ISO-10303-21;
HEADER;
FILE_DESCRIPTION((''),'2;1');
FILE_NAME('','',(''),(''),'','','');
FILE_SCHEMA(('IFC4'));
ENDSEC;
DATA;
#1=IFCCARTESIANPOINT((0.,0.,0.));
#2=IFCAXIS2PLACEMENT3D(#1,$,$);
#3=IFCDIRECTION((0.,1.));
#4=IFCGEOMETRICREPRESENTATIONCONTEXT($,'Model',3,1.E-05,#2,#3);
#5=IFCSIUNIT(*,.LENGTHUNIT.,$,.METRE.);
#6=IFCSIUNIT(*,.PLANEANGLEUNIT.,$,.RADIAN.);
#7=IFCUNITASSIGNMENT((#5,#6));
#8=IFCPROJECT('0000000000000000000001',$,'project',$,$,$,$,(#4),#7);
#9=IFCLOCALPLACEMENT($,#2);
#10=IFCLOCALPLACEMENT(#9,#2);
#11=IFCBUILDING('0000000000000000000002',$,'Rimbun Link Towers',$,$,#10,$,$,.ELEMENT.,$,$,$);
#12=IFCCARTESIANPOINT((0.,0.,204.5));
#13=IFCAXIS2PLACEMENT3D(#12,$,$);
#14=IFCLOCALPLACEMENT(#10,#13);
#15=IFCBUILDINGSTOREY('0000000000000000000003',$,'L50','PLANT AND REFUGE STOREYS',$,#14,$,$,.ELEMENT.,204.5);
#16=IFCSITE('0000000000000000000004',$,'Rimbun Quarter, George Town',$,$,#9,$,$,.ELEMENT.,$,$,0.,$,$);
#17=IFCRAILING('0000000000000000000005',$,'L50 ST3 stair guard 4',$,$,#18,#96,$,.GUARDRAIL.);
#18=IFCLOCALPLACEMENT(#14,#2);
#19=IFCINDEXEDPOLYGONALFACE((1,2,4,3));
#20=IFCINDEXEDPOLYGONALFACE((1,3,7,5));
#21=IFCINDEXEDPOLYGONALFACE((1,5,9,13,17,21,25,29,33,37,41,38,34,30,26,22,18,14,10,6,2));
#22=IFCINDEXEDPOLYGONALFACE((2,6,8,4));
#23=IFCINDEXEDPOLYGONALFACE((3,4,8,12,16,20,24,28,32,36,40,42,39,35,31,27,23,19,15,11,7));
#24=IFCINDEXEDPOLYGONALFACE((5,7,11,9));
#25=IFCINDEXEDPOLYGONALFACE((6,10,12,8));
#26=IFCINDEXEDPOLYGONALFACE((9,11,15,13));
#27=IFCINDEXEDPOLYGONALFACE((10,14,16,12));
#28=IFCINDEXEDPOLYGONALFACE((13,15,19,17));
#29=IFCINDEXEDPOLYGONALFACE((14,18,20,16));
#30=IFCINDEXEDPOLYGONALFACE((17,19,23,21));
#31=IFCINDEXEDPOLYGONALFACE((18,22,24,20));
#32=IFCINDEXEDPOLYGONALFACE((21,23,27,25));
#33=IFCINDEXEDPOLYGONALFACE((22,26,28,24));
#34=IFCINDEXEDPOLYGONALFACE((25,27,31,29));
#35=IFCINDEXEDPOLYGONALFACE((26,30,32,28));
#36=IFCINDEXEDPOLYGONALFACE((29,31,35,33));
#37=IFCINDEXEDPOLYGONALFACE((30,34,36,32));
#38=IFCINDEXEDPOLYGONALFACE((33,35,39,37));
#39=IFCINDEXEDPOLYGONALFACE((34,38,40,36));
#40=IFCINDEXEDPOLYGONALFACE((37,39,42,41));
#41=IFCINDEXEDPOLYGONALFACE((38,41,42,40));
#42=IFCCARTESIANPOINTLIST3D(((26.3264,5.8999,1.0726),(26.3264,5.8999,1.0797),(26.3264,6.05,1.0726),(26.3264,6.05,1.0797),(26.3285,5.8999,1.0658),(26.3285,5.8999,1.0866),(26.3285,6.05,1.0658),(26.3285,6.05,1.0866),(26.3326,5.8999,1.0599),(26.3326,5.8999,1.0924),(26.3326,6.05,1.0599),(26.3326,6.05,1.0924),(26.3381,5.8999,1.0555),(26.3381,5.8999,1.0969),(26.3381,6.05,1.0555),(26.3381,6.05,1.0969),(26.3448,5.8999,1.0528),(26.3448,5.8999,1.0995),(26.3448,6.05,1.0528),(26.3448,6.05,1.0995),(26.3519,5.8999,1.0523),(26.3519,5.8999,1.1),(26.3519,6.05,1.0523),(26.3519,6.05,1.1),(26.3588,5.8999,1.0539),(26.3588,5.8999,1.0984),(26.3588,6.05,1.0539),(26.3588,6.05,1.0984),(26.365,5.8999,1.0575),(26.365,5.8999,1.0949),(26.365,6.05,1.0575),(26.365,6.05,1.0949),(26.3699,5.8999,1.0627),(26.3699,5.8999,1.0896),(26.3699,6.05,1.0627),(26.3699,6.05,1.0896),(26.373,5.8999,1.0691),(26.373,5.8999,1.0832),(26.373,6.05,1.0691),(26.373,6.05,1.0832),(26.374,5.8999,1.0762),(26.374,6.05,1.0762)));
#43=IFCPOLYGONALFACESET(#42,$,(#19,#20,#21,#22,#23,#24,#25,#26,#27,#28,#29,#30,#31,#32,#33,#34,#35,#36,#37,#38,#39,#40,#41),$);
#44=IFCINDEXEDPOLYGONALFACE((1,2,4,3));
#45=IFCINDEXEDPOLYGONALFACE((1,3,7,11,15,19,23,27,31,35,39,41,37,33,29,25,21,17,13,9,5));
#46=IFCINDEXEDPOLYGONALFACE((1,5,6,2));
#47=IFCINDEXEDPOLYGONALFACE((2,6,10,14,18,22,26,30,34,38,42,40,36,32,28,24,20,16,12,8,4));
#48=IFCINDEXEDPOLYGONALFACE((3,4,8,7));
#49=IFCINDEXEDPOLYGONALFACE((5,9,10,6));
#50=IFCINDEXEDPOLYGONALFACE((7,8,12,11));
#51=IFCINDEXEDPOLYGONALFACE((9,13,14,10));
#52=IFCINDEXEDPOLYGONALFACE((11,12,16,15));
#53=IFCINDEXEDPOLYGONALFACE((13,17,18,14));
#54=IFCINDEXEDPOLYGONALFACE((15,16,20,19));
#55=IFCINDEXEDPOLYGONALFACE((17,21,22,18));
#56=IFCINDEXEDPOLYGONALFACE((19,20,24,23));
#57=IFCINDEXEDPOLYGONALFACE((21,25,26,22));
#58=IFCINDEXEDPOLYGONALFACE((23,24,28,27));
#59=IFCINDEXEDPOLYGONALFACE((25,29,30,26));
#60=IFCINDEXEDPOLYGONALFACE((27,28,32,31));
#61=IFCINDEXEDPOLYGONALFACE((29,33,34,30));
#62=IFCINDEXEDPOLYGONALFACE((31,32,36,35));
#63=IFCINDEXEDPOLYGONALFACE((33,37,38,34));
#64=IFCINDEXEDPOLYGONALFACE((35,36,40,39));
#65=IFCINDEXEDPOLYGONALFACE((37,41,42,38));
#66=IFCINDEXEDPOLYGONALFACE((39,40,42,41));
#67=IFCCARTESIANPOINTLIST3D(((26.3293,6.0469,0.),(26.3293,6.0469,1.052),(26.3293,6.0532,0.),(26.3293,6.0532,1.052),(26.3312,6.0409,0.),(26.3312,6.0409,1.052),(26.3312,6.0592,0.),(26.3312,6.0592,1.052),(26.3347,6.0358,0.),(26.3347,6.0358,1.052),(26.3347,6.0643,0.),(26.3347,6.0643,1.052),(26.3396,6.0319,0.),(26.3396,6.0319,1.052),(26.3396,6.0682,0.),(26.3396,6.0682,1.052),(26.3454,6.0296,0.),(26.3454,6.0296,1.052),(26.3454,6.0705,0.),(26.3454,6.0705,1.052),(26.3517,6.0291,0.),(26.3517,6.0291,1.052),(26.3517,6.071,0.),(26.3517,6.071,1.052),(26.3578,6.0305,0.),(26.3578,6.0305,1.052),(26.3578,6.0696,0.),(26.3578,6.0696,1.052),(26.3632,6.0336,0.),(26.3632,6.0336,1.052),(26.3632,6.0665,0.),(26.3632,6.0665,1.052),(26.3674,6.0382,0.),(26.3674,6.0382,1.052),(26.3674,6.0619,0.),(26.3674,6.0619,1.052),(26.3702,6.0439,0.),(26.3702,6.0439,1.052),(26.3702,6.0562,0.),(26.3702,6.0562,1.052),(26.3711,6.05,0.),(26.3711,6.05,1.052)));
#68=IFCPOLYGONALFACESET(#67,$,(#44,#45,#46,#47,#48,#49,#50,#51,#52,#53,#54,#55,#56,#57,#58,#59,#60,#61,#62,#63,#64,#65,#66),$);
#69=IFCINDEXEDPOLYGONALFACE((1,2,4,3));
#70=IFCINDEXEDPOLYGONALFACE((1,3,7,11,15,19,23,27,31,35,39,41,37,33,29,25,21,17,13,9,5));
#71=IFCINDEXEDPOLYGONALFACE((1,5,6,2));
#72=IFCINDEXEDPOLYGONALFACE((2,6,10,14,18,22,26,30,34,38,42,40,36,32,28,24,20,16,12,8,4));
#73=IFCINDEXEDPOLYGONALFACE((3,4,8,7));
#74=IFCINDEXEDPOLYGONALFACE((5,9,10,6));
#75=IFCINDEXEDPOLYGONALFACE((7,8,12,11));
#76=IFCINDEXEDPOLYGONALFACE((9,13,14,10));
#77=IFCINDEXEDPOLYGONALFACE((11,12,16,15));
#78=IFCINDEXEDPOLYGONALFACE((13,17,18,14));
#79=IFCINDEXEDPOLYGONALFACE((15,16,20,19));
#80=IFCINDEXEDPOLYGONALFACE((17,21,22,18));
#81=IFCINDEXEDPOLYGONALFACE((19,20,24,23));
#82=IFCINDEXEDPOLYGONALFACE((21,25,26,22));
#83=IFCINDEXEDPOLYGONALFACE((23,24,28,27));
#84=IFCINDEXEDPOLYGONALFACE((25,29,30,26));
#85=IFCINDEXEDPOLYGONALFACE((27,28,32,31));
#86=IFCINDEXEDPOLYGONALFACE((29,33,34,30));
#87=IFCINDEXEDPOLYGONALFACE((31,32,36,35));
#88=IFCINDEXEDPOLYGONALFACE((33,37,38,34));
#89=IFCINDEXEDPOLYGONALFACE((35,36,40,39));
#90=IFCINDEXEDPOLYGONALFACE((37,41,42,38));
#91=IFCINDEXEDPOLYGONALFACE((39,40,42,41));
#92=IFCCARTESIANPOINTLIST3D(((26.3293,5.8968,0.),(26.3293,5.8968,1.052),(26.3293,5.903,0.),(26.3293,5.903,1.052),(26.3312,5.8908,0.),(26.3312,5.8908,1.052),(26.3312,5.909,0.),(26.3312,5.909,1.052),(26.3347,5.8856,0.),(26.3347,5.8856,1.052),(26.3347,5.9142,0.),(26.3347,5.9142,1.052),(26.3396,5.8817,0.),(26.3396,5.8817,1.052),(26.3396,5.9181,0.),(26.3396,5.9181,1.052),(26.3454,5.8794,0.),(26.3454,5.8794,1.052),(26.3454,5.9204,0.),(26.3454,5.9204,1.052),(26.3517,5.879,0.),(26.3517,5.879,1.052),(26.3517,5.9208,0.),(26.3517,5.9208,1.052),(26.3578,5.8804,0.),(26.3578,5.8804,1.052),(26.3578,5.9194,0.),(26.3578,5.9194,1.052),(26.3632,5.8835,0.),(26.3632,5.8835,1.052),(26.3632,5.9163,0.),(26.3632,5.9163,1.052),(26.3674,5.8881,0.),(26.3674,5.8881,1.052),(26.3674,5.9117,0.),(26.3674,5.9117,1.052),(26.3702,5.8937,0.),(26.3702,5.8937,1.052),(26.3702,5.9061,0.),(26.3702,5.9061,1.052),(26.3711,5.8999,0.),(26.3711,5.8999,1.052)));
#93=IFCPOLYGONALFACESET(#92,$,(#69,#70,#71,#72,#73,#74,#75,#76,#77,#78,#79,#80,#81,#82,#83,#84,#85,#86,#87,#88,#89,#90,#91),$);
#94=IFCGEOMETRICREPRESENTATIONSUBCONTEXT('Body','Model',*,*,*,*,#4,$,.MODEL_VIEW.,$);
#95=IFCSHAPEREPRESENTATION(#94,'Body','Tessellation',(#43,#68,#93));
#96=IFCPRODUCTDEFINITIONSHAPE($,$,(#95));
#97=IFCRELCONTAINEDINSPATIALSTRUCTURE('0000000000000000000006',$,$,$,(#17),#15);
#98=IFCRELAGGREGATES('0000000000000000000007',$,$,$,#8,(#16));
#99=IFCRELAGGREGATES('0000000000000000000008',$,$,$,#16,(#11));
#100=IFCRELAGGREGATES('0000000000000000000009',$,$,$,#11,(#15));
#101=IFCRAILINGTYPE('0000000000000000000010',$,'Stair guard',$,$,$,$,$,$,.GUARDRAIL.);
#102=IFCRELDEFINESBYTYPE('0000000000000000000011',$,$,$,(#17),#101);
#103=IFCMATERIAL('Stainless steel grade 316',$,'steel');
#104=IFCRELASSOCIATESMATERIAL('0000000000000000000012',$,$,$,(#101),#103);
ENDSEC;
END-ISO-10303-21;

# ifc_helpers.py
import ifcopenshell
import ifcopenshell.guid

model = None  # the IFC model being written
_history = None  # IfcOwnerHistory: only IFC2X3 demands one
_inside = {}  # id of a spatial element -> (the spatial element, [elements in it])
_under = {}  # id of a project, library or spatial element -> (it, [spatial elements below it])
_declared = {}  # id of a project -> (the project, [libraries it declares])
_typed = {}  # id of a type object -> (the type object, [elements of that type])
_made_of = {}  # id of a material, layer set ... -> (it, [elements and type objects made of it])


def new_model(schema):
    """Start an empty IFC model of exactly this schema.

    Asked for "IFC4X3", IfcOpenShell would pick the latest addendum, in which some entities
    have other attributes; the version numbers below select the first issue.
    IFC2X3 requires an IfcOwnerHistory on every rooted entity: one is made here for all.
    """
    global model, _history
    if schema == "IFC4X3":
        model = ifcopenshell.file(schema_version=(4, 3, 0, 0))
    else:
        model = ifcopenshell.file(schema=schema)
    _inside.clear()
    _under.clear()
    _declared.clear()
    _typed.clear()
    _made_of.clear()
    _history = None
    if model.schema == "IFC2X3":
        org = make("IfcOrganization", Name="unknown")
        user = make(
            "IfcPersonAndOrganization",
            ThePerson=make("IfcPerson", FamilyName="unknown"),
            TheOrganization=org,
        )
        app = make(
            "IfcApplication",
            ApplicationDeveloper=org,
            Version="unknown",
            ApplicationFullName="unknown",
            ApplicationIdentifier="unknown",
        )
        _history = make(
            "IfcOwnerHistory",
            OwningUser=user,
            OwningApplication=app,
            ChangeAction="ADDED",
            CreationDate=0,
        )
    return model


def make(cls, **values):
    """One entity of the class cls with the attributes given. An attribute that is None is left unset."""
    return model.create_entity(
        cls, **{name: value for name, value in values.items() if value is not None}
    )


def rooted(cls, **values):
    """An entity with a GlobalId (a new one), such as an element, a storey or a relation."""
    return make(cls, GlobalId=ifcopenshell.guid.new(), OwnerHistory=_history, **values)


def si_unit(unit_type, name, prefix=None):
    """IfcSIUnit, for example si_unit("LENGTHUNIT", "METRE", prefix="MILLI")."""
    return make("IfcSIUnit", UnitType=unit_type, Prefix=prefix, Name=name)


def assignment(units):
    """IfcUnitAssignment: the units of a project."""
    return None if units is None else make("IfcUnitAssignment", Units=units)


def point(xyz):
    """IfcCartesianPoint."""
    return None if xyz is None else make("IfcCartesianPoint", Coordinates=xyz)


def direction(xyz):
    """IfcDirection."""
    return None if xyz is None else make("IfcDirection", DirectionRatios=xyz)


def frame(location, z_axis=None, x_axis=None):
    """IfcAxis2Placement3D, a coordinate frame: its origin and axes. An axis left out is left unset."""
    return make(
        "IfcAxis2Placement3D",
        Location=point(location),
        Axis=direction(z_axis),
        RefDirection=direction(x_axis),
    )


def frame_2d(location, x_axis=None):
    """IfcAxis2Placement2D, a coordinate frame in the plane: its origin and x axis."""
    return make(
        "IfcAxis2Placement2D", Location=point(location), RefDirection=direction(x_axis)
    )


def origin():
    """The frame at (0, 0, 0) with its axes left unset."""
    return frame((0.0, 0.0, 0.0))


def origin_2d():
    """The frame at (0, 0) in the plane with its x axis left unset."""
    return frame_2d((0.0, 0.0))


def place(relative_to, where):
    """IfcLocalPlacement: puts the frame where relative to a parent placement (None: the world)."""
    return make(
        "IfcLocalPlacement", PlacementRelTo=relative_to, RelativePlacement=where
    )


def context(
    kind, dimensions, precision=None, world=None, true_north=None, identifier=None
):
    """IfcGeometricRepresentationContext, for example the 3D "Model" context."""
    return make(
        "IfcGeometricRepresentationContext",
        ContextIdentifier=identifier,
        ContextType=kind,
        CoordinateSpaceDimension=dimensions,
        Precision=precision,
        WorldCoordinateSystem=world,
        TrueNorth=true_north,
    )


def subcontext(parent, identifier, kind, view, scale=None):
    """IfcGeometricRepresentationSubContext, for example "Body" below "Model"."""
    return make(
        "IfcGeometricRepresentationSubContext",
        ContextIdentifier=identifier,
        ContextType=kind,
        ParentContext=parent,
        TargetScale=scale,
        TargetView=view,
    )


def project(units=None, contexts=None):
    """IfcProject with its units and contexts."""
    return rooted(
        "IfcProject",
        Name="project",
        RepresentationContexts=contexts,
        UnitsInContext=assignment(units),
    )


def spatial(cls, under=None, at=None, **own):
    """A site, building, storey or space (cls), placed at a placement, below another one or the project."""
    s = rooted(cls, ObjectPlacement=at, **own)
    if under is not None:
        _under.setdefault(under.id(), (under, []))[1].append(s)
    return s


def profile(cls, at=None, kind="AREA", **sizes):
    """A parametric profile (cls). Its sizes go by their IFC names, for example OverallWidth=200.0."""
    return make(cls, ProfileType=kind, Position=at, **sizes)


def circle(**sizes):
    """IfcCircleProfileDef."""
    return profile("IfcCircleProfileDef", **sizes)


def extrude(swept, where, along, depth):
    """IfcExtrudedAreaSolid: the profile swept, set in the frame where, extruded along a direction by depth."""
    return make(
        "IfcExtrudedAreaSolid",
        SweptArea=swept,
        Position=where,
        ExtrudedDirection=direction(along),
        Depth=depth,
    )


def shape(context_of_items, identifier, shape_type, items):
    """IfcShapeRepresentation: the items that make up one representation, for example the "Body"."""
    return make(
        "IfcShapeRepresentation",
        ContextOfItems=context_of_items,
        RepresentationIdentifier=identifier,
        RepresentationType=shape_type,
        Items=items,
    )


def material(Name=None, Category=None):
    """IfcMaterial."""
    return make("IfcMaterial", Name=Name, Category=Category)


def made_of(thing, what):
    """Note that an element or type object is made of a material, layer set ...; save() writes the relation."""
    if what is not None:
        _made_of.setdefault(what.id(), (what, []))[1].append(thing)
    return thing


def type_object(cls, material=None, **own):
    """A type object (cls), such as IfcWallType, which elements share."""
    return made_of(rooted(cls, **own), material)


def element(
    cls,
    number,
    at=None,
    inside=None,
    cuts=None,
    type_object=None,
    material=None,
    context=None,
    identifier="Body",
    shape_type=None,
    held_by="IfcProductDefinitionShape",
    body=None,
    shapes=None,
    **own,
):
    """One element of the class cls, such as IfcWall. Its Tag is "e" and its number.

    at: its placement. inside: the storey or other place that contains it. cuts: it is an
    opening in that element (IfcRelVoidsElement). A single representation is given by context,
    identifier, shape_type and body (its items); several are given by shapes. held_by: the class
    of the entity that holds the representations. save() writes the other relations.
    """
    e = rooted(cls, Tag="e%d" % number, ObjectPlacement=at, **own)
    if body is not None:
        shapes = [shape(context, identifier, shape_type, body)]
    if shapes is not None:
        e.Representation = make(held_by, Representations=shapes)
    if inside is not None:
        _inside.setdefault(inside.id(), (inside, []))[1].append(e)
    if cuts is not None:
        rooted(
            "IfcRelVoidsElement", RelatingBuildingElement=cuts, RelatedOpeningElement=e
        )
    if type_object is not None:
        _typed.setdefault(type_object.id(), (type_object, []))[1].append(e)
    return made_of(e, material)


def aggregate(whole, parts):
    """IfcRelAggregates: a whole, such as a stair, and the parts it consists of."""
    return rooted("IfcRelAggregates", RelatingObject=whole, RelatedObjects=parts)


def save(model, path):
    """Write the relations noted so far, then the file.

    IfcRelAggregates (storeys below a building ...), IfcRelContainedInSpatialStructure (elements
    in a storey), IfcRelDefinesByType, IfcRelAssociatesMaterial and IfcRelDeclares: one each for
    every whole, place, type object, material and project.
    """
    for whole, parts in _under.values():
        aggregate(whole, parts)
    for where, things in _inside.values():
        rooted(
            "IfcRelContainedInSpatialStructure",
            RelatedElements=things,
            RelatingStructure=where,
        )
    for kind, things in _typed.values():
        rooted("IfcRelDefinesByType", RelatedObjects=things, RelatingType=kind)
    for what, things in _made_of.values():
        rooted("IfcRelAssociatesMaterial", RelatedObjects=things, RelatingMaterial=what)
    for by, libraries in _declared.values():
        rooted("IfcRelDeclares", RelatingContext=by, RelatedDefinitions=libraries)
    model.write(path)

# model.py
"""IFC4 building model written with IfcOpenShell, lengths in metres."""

from ifc_helpers import new_model, si_unit, direction, frame, origin, origin_2d, place, context, subcontext, project, spatial, circle, extrude, material, type_object, element, save


model = new_model("IFC4")

# Units and contexts
model_context = context("Model", 3, precision=1e-05, world=origin(), true_north=direction((0.0, 1.0)))
body_context = subcontext(model_context, "Body", "Model", "MODEL_VIEW")
ifc_project = project(units=[si_unit("LENGTHUNIT", "METRE"), si_unit("PLANEANGLEUNIT", "RADIAN")], contexts=[model_context])

# Site, building, storey
site_placement = place(None, origin())
site = spatial("IfcSite", under=ifc_project, at=site_placement, Name="Rimbun Quarter, George Town", CompositionType="ELEMENT", RefElevation=0.0)
building_placement = place(site_placement, origin())
building = spatial("IfcBuilding", under=site, at=building_placement, Name="Rimbun Link Towers", CompositionType="ELEMENT")
storey_placement = place(building_placement, frame((0.0, 0.0, 204.5)))
storey = spatial("IfcBuildingStorey", under=building, at=storey_placement, Name="L50", Description="PLANT AND REFUGE STOREYS", CompositionType="ELEMENT", Elevation=204.5)

# Railing
ifc_material_1 = material(Name="Stainless steel grade 316", Category="steel")
railing_type_1 = type_object("IfcRailingType", Name="Stair guard", PredefinedType="GUARDRAIL", material=ifc_material_1)
railing_1_placement = place(storey_placement, frame((26.3501, 6.05, 0.0)))
element("IfcRailing", 1, at=railing_1_placement, inside=storey, type_object=railing_type_1, Name="L50 ST3 stair guard 4", PredefinedType="GUARDRAIL", context=body_context, shape_type="SweptSolid", body=[
    extrude(circle(Radius=0.0239, at=origin_2d()), frame((0.0, 0.0, 1.0762), z_axis=(0.0, -1.0, 0.0), x_axis=(1.0, 0.0, 0.0)), (0.0, 0.0, 1.0), 0.1501),
    extrude(circle(Radius=0.021, at=origin_2d()), origin(), (0.0, 0.0, 1.0), 1.052),
    extrude(circle(Radius=0.021, at=origin_2d()), frame((0.0, -0.1501, 0.0)), (0.0, 0.0, 1.0), 1.052),
])

save(model, "model.ifc")
